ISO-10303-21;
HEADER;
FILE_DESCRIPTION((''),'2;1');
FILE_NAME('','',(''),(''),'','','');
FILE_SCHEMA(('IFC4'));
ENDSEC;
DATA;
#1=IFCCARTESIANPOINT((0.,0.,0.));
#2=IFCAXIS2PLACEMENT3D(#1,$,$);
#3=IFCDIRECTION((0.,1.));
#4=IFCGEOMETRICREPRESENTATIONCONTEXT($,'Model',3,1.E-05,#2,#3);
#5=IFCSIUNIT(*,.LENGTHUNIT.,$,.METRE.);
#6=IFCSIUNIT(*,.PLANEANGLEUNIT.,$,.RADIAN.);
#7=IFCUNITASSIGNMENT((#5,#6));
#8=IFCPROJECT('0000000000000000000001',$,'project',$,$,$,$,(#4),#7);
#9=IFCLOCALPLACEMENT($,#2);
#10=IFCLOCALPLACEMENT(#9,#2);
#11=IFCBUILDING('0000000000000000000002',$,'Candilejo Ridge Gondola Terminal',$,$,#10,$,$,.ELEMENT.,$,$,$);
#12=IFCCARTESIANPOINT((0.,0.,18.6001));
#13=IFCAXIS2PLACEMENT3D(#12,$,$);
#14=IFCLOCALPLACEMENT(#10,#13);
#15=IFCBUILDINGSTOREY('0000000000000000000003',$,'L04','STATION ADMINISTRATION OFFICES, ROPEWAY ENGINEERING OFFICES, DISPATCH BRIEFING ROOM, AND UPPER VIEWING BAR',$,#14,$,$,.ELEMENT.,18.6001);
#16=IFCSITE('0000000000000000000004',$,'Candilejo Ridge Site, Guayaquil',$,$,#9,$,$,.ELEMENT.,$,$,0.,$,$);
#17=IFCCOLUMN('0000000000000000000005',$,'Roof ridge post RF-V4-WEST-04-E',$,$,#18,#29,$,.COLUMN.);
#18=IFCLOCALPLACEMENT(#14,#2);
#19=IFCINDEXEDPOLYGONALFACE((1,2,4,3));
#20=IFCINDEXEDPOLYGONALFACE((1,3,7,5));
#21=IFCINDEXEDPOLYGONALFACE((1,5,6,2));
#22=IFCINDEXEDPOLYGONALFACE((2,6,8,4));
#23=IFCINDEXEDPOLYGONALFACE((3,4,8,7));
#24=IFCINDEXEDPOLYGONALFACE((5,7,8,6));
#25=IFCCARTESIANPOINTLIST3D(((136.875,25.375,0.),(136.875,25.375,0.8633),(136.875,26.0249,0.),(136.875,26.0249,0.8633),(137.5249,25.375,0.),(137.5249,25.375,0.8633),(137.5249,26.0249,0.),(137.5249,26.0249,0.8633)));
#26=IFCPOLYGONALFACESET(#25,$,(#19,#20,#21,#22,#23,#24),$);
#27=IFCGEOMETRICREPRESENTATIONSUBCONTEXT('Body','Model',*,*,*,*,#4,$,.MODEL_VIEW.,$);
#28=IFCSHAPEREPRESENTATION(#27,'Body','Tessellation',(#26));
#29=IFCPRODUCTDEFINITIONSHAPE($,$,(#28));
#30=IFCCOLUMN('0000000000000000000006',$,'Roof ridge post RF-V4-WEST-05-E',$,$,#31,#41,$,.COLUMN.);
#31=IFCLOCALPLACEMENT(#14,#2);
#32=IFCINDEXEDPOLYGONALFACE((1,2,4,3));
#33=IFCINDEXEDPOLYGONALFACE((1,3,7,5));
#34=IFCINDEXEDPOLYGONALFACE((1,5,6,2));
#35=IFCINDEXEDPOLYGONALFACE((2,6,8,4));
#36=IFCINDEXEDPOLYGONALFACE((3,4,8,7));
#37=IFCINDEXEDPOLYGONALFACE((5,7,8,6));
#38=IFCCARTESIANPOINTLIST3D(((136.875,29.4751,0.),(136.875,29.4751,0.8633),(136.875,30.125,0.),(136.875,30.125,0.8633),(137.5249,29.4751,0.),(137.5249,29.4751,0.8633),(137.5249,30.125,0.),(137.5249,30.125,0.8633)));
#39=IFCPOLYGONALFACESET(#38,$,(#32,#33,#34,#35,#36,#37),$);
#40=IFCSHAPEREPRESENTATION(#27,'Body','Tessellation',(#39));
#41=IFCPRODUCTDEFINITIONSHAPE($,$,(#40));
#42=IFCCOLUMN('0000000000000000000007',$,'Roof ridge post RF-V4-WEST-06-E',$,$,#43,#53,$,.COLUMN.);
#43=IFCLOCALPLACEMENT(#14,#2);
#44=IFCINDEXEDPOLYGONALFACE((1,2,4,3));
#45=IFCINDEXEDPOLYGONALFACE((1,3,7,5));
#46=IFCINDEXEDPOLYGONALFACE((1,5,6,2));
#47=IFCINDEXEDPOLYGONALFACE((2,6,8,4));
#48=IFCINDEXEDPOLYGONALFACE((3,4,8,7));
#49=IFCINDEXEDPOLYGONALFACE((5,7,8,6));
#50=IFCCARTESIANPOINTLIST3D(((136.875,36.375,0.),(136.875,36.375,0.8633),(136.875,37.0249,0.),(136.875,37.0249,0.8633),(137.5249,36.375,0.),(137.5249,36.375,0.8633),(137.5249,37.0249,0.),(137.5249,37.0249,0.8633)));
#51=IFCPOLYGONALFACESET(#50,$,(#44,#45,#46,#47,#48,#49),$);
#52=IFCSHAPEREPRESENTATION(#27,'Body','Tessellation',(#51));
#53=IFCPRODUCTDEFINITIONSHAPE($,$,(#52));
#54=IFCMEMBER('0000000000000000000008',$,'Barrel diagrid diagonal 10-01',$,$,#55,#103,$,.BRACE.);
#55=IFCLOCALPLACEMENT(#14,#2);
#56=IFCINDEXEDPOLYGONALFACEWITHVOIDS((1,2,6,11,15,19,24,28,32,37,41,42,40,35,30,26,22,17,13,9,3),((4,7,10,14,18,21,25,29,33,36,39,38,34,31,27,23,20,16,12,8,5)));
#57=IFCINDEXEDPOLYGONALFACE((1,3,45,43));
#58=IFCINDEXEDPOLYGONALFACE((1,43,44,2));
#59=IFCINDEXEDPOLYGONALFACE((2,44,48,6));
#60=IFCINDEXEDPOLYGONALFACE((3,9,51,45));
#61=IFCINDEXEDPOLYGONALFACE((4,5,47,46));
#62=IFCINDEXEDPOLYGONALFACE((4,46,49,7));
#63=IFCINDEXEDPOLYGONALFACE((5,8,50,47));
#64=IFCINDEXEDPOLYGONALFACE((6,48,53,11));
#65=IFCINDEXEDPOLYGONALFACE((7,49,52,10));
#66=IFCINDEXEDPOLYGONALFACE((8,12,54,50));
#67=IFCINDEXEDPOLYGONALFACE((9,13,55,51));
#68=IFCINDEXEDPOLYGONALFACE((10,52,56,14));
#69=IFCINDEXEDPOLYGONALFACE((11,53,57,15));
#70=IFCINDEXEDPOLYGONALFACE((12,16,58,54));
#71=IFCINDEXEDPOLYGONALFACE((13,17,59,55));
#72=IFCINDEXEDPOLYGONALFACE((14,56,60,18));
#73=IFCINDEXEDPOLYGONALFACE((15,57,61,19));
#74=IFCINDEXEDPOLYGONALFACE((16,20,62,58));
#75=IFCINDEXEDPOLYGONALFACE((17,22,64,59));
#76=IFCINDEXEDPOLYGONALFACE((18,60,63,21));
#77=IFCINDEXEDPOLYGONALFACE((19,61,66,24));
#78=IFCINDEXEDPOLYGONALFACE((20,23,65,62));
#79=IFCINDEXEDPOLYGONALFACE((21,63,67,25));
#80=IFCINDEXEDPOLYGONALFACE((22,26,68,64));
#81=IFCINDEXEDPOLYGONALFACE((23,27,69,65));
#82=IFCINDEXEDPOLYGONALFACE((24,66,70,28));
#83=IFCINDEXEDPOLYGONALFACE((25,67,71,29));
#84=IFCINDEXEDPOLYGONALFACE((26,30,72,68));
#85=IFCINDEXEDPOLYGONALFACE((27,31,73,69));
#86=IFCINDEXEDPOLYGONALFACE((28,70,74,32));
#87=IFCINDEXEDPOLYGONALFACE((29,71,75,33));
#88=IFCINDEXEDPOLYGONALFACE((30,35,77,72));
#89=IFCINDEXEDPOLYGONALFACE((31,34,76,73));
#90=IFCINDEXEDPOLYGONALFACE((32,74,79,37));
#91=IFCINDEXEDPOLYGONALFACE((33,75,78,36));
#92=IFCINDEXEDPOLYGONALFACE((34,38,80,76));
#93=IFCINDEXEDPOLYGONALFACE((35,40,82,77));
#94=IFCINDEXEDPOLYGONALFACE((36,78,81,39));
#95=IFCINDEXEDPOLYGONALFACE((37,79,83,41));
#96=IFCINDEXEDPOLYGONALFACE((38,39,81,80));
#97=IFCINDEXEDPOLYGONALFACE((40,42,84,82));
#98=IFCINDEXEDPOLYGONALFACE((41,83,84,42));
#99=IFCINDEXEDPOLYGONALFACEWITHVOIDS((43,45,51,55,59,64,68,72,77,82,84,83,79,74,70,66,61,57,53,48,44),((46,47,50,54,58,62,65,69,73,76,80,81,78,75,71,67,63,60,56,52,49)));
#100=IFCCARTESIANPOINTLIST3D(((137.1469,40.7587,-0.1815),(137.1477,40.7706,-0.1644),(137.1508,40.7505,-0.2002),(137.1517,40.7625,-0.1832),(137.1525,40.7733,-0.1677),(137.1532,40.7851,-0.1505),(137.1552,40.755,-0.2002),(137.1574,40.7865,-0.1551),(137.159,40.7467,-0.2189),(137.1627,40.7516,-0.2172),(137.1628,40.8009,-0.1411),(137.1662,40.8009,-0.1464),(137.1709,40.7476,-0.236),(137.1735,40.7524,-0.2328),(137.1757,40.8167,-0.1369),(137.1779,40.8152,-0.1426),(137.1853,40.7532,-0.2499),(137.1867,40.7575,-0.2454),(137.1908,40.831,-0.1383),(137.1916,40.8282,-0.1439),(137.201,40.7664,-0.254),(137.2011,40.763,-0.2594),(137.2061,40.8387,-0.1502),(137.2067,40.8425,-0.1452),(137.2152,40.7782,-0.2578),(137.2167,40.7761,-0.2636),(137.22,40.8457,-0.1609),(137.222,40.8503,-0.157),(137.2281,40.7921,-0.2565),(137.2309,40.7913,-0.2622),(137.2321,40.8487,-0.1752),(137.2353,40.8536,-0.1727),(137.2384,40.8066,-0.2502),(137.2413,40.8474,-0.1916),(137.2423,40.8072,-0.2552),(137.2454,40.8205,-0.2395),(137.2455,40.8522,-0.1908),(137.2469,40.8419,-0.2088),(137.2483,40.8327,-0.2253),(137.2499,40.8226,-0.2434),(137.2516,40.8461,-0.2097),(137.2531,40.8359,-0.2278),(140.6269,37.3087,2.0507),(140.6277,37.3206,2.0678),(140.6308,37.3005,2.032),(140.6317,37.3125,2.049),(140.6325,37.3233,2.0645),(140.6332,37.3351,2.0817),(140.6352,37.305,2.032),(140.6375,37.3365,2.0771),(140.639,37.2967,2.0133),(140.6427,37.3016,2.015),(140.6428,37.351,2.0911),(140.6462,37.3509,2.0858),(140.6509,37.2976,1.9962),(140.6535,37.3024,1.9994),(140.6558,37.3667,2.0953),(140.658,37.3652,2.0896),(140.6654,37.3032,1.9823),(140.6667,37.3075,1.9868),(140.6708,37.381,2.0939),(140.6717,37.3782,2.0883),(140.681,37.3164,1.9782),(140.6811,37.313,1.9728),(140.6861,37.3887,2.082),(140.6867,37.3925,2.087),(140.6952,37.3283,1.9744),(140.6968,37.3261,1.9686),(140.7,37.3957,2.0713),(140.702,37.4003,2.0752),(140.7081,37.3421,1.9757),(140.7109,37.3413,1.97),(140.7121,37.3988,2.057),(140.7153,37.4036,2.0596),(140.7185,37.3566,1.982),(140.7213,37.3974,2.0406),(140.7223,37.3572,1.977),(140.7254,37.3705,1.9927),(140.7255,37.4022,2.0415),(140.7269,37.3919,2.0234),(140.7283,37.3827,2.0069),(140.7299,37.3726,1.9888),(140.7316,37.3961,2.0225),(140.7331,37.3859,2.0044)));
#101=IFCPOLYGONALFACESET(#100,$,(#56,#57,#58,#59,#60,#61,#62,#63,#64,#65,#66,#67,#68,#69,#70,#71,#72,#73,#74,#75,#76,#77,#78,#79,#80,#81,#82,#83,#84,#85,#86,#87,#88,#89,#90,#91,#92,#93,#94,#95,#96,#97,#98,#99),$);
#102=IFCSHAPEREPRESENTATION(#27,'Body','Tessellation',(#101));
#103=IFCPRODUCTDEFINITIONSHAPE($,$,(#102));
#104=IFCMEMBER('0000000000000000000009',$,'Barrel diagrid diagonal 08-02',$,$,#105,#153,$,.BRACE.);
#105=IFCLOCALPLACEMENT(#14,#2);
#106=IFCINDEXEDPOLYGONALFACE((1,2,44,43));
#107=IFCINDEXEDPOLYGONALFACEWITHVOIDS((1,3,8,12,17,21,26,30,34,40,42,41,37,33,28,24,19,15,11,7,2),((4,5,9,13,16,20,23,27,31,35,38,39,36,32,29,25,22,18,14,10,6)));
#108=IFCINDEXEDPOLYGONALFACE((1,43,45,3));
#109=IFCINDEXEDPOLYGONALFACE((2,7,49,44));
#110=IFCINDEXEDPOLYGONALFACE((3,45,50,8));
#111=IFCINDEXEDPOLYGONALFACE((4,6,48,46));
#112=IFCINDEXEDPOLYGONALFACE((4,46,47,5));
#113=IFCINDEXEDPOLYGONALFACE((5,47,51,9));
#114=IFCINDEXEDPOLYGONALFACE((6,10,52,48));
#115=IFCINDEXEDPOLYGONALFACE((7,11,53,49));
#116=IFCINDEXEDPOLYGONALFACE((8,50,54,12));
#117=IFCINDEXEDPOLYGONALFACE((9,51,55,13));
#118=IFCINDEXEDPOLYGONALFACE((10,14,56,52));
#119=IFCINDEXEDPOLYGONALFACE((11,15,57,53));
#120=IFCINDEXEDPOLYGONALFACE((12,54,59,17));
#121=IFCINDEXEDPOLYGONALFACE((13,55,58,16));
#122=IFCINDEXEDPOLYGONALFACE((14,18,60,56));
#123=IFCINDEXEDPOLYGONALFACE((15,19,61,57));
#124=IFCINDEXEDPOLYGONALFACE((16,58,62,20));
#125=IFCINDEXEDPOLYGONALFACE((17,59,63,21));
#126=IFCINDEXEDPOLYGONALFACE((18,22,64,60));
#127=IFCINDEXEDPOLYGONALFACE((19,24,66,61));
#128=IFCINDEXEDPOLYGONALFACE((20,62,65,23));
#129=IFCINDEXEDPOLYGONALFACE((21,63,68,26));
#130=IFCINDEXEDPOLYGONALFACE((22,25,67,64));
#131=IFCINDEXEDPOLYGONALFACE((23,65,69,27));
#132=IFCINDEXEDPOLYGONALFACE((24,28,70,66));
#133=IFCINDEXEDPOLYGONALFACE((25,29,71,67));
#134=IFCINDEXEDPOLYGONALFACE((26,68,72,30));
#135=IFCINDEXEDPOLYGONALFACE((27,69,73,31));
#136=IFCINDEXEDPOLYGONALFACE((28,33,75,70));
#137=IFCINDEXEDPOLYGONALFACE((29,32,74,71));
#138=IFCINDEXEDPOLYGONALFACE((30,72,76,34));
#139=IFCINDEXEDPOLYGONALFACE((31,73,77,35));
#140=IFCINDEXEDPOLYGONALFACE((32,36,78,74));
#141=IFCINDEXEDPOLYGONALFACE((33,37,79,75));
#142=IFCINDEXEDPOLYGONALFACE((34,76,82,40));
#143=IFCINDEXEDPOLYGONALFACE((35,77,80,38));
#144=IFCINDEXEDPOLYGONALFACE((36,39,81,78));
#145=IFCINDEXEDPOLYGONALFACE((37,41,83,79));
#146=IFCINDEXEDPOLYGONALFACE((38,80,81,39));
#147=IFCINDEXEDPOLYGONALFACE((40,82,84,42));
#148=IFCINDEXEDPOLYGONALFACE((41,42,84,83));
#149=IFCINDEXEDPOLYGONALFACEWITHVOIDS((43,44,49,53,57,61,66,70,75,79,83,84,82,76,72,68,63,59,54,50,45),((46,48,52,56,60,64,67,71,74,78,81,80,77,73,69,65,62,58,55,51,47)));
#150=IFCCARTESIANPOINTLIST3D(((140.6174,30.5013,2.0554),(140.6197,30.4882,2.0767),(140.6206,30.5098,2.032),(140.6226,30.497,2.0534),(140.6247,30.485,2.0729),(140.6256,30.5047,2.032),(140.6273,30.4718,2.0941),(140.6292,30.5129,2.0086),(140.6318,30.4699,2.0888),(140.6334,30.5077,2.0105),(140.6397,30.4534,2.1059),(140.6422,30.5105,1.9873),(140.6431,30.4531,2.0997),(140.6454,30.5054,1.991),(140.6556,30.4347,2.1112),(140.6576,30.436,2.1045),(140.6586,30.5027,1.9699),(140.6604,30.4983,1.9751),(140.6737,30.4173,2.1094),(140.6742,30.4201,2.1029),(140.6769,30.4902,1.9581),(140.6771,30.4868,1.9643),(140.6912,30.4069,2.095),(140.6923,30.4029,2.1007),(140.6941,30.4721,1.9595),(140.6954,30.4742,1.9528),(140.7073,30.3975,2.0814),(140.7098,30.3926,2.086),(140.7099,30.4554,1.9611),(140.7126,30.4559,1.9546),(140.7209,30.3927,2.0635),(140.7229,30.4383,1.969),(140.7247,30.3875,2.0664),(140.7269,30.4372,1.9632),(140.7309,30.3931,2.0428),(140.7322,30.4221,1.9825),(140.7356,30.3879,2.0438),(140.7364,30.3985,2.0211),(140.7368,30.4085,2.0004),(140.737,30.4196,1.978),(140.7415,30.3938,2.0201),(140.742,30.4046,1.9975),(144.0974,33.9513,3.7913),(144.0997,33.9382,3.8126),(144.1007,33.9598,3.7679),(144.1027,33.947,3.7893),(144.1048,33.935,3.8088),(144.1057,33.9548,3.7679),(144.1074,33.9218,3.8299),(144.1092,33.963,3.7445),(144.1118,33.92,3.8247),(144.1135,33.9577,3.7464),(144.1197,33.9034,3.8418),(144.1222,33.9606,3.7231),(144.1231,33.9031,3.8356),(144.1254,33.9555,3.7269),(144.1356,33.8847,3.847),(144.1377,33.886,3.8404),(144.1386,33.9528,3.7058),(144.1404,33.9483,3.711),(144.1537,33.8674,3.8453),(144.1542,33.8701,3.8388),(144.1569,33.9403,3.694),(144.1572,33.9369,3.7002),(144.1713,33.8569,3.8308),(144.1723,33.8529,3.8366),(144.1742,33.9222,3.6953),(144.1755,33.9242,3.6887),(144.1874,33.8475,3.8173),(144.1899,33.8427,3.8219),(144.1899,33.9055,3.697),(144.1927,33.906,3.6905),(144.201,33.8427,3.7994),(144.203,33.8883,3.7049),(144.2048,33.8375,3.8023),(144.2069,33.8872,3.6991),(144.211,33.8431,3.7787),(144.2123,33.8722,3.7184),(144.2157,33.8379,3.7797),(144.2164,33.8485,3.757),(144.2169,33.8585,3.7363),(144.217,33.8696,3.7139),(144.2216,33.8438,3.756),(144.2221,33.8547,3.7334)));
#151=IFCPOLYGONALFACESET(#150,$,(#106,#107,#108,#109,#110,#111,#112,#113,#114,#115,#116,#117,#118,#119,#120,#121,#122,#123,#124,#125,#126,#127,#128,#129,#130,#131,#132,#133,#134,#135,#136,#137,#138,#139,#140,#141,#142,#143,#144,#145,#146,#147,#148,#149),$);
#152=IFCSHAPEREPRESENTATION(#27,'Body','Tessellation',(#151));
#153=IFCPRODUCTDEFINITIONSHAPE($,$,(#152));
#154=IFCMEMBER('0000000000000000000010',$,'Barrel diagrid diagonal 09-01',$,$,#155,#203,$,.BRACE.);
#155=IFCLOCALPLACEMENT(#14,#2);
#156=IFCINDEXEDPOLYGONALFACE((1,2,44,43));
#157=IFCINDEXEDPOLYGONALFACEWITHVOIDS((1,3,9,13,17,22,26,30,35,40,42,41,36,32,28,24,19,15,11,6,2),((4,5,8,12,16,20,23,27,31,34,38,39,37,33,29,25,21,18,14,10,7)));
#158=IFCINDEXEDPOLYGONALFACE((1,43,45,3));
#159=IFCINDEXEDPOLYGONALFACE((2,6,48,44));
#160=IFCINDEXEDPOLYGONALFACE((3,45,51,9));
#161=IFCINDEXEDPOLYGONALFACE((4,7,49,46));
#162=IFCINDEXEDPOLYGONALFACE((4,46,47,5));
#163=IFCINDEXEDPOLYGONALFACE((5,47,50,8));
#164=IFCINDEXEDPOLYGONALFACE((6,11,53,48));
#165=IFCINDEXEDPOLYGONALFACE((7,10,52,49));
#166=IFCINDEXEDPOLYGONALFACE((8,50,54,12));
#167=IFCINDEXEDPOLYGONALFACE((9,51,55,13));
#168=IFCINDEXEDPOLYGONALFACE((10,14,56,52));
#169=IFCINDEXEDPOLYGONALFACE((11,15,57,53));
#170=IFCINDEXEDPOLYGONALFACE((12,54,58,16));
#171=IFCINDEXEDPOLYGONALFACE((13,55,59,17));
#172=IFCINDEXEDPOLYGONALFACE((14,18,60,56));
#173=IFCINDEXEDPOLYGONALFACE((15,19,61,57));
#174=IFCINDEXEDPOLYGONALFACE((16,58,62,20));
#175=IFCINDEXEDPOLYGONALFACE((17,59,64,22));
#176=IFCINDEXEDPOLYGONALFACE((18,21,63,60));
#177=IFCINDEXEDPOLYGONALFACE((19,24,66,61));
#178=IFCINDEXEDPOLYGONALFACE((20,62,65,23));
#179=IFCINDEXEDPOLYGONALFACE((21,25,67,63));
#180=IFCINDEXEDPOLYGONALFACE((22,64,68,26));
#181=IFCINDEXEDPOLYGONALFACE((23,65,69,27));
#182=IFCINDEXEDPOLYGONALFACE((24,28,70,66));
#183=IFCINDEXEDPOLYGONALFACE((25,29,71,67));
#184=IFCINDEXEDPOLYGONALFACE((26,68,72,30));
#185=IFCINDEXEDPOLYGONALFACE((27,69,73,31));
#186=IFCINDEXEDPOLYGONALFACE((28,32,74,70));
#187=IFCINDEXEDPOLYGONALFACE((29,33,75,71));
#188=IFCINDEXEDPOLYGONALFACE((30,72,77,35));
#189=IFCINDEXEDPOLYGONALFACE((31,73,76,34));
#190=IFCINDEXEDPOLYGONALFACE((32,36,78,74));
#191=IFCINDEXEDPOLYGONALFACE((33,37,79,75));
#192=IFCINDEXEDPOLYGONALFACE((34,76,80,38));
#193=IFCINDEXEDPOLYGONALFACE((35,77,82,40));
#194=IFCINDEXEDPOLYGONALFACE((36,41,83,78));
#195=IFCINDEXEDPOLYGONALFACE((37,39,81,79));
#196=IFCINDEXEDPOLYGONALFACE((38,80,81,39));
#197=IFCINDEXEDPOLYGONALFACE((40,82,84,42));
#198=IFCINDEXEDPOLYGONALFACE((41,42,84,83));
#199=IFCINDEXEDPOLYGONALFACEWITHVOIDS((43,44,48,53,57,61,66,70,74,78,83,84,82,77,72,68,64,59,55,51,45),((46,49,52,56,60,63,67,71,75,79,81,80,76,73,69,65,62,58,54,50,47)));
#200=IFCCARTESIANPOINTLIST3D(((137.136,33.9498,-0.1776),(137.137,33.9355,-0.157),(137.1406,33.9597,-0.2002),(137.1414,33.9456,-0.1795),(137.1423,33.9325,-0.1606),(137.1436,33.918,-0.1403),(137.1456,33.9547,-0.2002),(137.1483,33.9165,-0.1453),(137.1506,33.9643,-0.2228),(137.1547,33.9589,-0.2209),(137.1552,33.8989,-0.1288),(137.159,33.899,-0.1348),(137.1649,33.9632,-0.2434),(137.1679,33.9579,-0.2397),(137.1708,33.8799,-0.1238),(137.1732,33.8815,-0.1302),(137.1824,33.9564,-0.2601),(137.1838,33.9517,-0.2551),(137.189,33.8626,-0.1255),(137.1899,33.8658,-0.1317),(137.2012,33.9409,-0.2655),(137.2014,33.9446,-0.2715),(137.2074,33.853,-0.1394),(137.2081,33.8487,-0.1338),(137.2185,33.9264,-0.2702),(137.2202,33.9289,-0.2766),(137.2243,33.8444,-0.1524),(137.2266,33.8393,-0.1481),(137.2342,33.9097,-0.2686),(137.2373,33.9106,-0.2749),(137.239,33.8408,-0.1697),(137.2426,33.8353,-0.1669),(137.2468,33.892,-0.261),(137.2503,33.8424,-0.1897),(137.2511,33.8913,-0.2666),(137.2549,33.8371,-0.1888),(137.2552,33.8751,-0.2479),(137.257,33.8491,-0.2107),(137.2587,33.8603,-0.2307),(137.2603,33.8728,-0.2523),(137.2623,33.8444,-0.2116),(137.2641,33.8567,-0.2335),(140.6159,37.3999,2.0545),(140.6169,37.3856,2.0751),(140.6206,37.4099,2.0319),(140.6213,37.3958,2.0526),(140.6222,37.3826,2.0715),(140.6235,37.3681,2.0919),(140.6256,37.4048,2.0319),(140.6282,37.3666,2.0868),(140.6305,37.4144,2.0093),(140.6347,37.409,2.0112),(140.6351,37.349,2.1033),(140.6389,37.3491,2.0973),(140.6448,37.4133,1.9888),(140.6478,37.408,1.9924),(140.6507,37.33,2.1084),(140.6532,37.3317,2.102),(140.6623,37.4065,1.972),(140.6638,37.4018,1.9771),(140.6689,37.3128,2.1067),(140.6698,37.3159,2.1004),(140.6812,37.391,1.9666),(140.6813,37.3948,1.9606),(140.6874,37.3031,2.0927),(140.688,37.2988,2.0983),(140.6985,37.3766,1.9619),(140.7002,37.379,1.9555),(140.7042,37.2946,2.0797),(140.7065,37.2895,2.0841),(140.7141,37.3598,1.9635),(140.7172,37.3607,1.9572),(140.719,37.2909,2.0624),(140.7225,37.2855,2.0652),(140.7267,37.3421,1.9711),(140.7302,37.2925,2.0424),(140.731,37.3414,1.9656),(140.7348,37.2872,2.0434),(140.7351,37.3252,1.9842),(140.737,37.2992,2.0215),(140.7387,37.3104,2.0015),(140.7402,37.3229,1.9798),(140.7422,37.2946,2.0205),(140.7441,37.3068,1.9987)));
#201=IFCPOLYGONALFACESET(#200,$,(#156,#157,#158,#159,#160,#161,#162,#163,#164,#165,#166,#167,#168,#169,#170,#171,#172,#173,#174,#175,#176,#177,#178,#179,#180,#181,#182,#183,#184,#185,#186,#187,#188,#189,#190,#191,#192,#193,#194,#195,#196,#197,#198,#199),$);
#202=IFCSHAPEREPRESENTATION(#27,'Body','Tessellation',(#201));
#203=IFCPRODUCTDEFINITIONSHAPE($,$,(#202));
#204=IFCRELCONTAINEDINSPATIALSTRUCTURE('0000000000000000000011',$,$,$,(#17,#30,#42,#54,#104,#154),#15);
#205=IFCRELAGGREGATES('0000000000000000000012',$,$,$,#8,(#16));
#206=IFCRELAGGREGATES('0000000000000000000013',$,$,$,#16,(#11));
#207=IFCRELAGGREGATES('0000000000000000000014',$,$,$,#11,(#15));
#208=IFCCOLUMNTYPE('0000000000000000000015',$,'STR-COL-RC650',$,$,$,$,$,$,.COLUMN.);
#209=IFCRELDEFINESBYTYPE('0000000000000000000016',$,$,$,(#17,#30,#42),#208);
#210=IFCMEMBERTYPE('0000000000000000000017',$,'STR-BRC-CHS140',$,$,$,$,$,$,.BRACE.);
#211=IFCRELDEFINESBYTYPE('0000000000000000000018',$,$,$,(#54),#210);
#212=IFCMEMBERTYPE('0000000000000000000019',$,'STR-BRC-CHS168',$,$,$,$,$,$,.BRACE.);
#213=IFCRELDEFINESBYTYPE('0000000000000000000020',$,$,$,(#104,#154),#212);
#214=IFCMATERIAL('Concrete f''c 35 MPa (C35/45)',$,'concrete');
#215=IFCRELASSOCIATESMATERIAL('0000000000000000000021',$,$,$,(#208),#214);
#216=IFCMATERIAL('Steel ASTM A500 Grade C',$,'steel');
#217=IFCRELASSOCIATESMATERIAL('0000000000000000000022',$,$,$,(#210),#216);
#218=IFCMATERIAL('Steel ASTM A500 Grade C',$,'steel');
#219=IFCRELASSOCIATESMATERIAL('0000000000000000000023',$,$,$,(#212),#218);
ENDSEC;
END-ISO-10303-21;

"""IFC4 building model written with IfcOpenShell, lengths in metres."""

from ifc_helpers import new_model, si_unit, direction, frame, origin, origin_2d, place, context, subcontext, project, spatial, rectangle, hollow_circle, extrude, material, material_profile, profile_set, type_object, element, save


model = new_model("IFC4")

# Units and contexts
model_context = context("Model", 3, precision=1e-05, world=origin(), true_north=direction((0.0, 1.0)))
body_context = subcontext(model_context, "Body", "Model", "MODEL_VIEW")
ifc_project = project(units=[si_unit("LENGTHUNIT", "METRE"), si_unit("PLANEANGLEUNIT", "RADIAN")], contexts=[model_context])

# Site, building, storey
site_placement = place(None, origin())
site = spatial("IfcSite", under=ifc_project, at=site_placement, Name="Candilejo Ridge Site, Guayaquil", CompositionType="ELEMENT", RefElevation=0.0)
building_placement = place(site_placement, origin())
building = spatial("IfcBuilding", under=site, at=building_placement, Name="Candilejo Ridge Gondola Terminal", CompositionType="ELEMENT")
storey_placement = place(building_placement, frame((0.0, 0.0, 18.6001)))
storey = spatial("IfcBuildingStorey", under=building, at=storey_placement, Name="L04", Description="STATION ADMINISTRATION OFFICES, ROPEWAY ENGINEERING OFFICES, DISPATCH BRIEFING ROOM, AND UPPER VIEWING BAR", CompositionType="ELEMENT", Elevation=18.6001)

# Columns
ifc_material_1 = material(Name="Concrete f'c 35 MPa (C35/45)", Category="concrete")
ifc_material_profile_1 = material_profile(ifc_material_1, rectangle(XDim=0.6499, YDim=0.6499, at=origin_2d()))
ifc_profile_set_1 = profile_set([ifc_material_profile_1], Name="Concrete f'c 35 MPa (C35/45)")
column_type = type_object("IfcColumnType", Name="STR-COL-RC650", PredefinedType="COLUMN", material=ifc_profile_set_1)
for number, where, z_axis, x_axis, name in (
    (1, (137.2, 25.7, 0.0), (0.0, 0.0, 1.0), (1.0, 0.0, 0.0), "Roof ridge post RF-V4-WEST-04-E"),
    (2, (137.2, 29.8, 0.0), (0.0, 0.0, 1.0), (1.0, 0.0, 0.0), "Roof ridge post RF-V4-WEST-05-E"),
    (3, (137.2, 36.7, 0.0), (0.0, 0.0, 1.0), (1.0, 0.0, 0.0), "Roof ridge post RF-V4-WEST-06-E"),
):
    element("IfcColumn", number, at=place(storey_placement, frame(where, z_axis=z_axis, x_axis=x_axis)), inside=storey, type_object=column_type, Name=name, PredefinedType="COLUMN", context=body_context, shape_type="SweptSolid", body=[
        extrude(rectangle(XDim=0.6499, YDim=0.6499, at=origin_2d()), origin(), (0.0, 0.0, 1.0), 0.8633),
    ])

# Members
ifc_material_2 = material(Name="Steel ASTM A500 Grade C", Category="steel")
ifc_material_profile_2 = material_profile(ifc_material_2, hollow_circle(Radius=0.0698, WallThickness=0.0063, at=origin_2d()))
ifc_profile_set_2 = profile_set([ifc_material_profile_2], Name="Steel ASTM A500 Grade C")
member_type_1 = type_object("IfcMemberType", Name="STR-BRC-CHS140", PredefinedType="BRACE", material=ifc_profile_set_2)
member_1_placement = place(storey_placement, frame((140.6799, 37.3501, 2.032), z_axis=(-0.646271, 0.640695, -0.41454), x_axis=(-0.704036, -0.710164, 0.0)))
element("IfcMember", 4, at=member_1_placement, inside=storey, type_object=member_type_1, Name="Barrel diagrid diagonal 10-01", PredefinedType="BRACE", context=body_context, shape_type="SweptSolid", body=[
    extrude(hollow_circle(Radius=0.0698, WallThickness=0.0063, at=origin_2d()), origin(), (0.0, 0.0, 1.0), 5.3848),
])
ifc_material_3 = material(Name="Steel ASTM A500 Grade C", Category="steel")
ifc_material_profile_3 = material_profile(ifc_material_3, hollow_circle(Radius=0.0842, WallThickness=0.0071, at=origin_2d()))
ifc_profile_set_3 = profile_set([ifc_material_profile_3], Name="Steel ASTM A500 Grade C")
member_type_2 = type_object("IfcMemberType", Name="STR-BRC-CHS168", PredefinedType="BRACE", material=ifc_profile_set_3)
member_2_placement = place(storey_placement, frame((140.6799, 30.45, 2.032), z_axis=(0.669406, 0.663629, 0.333904), x_axis=(-0.704036, 0.710164, 0.0)))
element("IfcMember", 5, at=member_2_placement, inside=storey, type_object=member_type_2, Name="Barrel diagrid diagonal 08-02", PredefinedType="BRACE", context=body_context, shape_type="SweptSolid", body=[
    extrude(hollow_circle(Radius=0.0842, WallThickness=0.0071, at=origin_2d()), origin(), (0.0, 0.0, 1.0), 5.1987),
])
member_3_placement = place(storey_placement, frame((137.2, 33.8999, -0.2002), z_axis=(0.646253, 0.640721, 0.414528), x_axis=(-0.704061, 0.710139, 0.0)))
element("IfcMember", 6, at=member_3_placement, inside=storey, type_object=member_type_2, Name="Barrel diagrid diagonal 09-01", PredefinedType="BRACE", context=body_context, shape_type="SweptSolid", body=[
    extrude(hollow_circle(Radius=0.0842, WallThickness=0.0071, at=origin_2d()), origin(), (0.0, 0.0, 1.0), 5.3848),
])

save(model, "model.ifc")
